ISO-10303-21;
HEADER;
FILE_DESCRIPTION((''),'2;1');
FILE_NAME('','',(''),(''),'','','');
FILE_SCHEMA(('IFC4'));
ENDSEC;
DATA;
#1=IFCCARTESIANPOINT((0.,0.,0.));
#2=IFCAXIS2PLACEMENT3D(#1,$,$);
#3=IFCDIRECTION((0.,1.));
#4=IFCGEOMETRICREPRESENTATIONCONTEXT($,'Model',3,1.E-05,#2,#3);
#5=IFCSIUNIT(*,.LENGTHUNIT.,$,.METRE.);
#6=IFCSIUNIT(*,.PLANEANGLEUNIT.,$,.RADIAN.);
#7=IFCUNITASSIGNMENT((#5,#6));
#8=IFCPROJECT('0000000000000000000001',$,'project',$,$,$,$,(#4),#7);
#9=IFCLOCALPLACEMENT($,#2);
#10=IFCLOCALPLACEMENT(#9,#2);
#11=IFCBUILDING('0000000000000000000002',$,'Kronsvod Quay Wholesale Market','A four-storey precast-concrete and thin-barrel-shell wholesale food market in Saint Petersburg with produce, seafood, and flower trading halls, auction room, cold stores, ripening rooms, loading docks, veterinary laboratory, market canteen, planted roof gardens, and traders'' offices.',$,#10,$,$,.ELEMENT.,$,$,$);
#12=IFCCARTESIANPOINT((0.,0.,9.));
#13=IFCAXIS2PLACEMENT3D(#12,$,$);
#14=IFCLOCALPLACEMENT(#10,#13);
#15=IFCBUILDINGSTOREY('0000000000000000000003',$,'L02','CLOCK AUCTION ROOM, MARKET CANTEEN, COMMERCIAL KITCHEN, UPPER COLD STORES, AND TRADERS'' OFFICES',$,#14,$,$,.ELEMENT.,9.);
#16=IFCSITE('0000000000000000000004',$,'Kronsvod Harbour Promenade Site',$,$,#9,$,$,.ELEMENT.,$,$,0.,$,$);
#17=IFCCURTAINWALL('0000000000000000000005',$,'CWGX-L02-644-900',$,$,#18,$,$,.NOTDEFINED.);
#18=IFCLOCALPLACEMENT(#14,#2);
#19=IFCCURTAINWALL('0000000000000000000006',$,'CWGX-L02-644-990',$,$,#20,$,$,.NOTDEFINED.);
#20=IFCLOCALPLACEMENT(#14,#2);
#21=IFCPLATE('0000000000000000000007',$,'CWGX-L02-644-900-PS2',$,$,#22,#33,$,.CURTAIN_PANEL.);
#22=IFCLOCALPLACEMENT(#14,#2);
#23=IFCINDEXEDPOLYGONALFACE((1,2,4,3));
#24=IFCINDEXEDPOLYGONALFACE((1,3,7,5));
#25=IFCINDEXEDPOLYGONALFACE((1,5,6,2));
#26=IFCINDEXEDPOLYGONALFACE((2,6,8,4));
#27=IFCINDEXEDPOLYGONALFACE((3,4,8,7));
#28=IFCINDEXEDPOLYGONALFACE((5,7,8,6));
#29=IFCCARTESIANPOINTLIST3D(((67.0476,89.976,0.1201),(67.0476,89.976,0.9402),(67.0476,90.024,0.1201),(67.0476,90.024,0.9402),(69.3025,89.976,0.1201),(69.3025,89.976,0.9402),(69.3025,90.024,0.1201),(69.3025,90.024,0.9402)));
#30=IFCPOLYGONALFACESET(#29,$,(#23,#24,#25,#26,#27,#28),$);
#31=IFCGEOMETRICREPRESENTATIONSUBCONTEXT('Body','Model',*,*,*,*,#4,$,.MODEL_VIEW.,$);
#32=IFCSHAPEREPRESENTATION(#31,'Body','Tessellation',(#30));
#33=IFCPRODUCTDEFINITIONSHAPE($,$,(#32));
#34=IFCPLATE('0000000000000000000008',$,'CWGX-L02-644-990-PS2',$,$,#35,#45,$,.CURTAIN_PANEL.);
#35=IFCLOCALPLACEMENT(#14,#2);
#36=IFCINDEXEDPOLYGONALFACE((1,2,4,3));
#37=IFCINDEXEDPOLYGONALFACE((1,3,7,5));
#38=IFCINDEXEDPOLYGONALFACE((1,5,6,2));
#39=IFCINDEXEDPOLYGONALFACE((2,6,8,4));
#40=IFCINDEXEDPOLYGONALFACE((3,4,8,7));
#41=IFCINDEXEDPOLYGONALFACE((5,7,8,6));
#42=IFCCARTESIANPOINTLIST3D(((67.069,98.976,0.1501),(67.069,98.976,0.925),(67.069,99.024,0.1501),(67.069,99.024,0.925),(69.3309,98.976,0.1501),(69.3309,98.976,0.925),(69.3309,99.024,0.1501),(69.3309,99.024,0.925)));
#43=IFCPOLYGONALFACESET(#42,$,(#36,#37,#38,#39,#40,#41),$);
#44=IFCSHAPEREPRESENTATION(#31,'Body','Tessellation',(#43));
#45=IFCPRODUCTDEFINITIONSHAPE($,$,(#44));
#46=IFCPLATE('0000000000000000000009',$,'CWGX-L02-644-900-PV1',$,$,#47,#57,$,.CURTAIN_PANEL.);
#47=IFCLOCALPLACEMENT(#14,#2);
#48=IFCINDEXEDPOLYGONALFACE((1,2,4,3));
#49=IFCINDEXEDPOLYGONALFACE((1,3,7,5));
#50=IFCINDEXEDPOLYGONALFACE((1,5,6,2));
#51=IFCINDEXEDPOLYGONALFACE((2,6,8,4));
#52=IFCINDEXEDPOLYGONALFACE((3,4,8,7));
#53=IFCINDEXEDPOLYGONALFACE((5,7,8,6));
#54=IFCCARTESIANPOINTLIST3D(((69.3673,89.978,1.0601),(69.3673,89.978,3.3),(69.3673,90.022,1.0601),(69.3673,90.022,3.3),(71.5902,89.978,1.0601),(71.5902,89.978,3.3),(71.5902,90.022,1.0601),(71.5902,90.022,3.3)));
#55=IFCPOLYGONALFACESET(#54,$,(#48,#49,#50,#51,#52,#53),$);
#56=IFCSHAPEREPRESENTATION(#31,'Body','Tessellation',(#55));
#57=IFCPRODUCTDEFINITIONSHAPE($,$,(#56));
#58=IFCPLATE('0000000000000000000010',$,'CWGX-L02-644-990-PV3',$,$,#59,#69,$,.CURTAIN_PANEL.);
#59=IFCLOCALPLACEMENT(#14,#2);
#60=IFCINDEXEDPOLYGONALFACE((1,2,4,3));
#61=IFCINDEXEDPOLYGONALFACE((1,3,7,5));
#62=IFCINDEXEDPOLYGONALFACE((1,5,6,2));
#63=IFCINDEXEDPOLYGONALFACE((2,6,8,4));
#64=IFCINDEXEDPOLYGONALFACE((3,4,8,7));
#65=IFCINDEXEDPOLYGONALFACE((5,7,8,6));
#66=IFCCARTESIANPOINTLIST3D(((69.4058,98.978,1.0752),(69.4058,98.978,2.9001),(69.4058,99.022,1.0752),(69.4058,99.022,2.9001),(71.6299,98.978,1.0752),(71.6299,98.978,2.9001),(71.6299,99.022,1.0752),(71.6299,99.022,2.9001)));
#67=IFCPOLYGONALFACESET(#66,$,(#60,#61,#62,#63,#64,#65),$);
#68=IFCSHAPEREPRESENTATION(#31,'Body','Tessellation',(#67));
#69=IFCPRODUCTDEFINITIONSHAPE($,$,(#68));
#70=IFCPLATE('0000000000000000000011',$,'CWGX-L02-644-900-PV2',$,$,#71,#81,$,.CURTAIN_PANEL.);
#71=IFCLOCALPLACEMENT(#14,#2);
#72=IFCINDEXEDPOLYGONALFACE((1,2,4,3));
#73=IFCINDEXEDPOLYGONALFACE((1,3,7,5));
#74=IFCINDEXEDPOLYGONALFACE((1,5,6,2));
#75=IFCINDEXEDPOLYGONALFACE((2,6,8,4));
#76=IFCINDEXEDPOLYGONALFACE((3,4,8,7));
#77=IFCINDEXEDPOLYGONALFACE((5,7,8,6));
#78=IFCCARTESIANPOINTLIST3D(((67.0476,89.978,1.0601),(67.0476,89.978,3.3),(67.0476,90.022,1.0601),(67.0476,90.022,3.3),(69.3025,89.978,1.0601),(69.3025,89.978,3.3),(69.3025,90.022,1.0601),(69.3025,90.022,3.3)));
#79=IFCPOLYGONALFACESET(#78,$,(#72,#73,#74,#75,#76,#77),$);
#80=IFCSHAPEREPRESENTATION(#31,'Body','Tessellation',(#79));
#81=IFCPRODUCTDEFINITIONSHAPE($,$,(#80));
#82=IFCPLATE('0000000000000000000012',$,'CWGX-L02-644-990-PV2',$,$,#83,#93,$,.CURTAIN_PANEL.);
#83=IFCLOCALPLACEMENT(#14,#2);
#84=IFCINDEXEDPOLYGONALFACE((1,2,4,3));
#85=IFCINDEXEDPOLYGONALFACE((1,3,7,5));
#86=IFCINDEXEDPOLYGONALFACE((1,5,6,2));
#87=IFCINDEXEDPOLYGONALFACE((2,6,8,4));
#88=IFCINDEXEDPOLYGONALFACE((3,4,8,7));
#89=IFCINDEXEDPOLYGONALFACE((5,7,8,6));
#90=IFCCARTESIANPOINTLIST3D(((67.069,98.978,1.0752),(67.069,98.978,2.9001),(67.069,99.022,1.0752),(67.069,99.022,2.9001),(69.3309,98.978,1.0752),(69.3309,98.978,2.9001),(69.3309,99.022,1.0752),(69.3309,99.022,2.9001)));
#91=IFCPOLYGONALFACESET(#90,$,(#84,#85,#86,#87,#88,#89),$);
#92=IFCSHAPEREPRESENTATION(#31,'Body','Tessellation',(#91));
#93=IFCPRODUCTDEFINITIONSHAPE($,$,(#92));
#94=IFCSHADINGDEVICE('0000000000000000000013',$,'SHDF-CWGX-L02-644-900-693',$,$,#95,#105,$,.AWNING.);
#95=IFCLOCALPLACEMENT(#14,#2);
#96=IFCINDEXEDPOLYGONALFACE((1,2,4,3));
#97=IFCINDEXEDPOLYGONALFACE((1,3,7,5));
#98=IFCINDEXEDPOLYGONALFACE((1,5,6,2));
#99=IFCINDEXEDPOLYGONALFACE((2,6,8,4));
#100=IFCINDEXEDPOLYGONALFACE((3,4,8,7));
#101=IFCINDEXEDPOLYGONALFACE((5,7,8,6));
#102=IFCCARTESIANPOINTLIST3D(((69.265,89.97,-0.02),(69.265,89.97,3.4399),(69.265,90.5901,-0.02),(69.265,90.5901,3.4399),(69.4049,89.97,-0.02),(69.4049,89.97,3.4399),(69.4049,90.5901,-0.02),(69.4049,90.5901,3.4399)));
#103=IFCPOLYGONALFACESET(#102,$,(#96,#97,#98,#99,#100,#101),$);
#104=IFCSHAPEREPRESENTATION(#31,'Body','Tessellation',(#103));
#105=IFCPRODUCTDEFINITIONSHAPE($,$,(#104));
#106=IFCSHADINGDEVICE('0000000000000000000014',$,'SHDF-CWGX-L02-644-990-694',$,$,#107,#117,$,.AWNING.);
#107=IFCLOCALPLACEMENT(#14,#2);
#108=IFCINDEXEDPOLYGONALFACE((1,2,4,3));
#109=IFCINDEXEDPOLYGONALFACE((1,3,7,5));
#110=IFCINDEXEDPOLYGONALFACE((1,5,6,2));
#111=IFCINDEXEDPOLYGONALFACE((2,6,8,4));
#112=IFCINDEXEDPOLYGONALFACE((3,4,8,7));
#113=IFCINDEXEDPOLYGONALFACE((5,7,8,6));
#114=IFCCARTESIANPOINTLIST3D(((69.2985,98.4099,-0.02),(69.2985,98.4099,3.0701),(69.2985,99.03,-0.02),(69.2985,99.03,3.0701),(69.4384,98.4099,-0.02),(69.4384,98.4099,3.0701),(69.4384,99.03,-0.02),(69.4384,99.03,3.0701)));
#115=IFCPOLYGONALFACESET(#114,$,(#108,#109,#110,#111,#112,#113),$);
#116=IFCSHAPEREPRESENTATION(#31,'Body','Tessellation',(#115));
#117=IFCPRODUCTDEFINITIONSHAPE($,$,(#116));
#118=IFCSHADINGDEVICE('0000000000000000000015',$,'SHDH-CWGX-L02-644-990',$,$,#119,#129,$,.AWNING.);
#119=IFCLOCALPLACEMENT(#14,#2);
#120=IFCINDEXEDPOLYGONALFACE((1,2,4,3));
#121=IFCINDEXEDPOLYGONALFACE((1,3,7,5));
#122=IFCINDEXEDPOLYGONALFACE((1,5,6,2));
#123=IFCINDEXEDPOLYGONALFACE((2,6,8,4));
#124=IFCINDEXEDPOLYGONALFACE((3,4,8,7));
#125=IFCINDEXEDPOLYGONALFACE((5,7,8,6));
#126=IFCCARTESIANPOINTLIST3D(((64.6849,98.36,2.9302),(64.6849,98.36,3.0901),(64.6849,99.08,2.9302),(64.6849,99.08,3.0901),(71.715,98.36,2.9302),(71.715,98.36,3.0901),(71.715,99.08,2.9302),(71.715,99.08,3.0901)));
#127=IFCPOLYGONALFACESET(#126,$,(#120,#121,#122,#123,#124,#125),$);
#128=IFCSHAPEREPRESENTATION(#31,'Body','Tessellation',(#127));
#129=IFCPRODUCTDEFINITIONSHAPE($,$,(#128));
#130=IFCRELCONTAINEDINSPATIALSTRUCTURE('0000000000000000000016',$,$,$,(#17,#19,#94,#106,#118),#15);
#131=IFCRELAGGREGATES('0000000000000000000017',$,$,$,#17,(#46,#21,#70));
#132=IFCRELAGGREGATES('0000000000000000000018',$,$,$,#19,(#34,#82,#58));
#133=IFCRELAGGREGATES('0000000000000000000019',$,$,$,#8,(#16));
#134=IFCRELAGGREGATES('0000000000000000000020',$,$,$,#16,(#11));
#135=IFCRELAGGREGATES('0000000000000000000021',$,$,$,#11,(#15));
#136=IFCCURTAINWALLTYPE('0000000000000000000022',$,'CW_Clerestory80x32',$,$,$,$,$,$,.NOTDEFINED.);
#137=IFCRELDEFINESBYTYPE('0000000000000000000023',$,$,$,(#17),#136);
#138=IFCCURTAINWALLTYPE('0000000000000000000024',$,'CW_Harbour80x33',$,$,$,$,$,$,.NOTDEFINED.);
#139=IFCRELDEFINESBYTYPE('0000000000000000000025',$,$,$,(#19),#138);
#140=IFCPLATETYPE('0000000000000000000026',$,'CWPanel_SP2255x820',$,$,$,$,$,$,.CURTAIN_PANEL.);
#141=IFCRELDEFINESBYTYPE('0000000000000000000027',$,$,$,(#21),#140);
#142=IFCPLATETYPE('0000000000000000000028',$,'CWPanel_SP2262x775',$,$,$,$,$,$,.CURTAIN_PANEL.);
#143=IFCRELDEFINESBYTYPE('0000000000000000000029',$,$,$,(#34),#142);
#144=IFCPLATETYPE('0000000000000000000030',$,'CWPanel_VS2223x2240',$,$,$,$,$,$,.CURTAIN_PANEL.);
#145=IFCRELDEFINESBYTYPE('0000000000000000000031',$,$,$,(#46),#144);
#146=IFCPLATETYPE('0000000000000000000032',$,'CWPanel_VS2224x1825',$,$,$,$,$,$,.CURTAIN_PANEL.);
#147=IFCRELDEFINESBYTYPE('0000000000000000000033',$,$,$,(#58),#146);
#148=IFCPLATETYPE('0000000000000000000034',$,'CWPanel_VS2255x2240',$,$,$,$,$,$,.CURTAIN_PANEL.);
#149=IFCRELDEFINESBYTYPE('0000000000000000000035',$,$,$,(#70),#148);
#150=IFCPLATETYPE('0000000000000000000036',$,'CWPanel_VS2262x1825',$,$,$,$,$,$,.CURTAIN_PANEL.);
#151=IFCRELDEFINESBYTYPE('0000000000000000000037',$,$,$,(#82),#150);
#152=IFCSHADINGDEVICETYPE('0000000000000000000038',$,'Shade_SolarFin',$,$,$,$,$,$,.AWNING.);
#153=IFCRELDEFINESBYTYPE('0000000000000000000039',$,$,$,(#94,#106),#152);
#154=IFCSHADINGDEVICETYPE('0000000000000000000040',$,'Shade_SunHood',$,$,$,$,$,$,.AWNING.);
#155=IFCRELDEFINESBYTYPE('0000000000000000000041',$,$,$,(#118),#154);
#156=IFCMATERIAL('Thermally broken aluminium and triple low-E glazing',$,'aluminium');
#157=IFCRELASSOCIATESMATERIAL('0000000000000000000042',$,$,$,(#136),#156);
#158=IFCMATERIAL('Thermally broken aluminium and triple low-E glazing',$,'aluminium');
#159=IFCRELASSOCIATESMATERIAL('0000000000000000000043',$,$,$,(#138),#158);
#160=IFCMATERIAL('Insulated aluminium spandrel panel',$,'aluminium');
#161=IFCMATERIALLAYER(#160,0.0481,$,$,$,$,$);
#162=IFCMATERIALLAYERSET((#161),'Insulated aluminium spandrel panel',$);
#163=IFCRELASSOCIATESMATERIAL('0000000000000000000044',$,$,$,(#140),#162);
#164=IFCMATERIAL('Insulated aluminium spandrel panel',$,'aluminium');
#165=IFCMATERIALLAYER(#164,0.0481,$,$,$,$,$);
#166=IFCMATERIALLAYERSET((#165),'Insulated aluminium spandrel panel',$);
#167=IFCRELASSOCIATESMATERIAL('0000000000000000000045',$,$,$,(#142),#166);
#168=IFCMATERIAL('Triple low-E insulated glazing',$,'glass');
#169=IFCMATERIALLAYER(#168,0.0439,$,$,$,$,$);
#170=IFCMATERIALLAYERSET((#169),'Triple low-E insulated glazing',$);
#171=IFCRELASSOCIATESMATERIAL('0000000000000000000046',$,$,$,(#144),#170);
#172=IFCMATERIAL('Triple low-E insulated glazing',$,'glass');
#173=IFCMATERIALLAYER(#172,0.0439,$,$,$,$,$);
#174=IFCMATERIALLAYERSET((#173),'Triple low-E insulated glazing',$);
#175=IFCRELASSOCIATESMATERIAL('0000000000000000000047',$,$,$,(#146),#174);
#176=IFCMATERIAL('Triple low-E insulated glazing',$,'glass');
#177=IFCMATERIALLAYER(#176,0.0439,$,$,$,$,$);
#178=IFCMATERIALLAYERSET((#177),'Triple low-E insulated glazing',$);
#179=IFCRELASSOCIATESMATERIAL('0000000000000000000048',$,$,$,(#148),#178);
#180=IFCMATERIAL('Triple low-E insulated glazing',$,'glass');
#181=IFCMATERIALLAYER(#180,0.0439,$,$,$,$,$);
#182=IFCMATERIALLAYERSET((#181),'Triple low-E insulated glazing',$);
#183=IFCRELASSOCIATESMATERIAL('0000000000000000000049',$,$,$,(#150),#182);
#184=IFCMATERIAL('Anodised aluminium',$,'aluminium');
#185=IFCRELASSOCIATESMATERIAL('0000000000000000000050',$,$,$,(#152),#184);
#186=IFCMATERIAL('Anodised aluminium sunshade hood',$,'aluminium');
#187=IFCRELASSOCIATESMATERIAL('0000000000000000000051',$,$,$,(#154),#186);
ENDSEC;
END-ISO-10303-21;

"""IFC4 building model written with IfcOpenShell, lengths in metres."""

from ifc_helpers import new_model, si_unit, direction, frame, origin, origin_2d, place, context, subcontext, project, spatial, rectangle, extrude, material, layer, layer_set, type_object, element, aggregate, save


model = new_model("IFC4")

# Units and contexts
model_context = context("Model", 3, precision=1e-05, world=origin(), true_north=direction((0.0, 1.0)))
body_context = subcontext(model_context, "Body", "Model", "MODEL_VIEW")
ifc_project = project(units=[si_unit("LENGTHUNIT", "METRE"), si_unit("PLANEANGLEUNIT", "RADIAN")], contexts=[model_context])

# Site, building, storey
site_placement = place(None, origin())
site = spatial("IfcSite", under=ifc_project, at=site_placement, Name="Kronsvod Harbour Promenade Site", CompositionType="ELEMENT", RefElevation=0.0)
building_placement = place(site_placement, origin())
building = spatial("IfcBuilding", under=site, at=building_placement, Name="Kronsvod Quay Wholesale Market", Description="A four-storey precast-concrete and thin-barrel-shell wholesale food market in Saint Petersburg with produce, seafood, and flower trading halls, auction room, cold stores, ripening rooms, loading docks, veterinary laboratory, market canteen, planted roof gardens, and traders' offices.", CompositionType="ELEMENT")
storey_placement = place(building_placement, frame((0.0, 0.0, 9.0)))
storey = spatial("IfcBuildingStorey", under=building, at=storey_placement, Name="L02", Description="CLOCK AUCTION ROOM, MARKET CANTEEN, COMMERCIAL KITCHEN, UPPER COLD STORES, AND TRADERS' OFFICES", CompositionType="ELEMENT", Elevation=9.0)

# Curtain walls
ifc_material_1 = material(Name="Thermally broken aluminium and triple low-E glazing", Category="aluminium")
curtain_wall_type_1 = type_object("IfcCurtainWallType", Name="CW_Clerestory80x32", PredefinedType="NOTDEFINED", material=ifc_material_1)
curtain_wall_1_placement = place(storey_placement, origin())
curtain_wall_1 = element("IfcCurtainWall", 1, at=curtain_wall_1_placement, inside=storey, type_object=curtain_wall_type_1, Name="CWGX-L02-644-900", PredefinedType="NOTDEFINED")
ifc_material_2 = material(Name="Thermally broken aluminium and triple low-E glazing", Category="aluminium")
curtain_wall_type_2 = type_object("IfcCurtainWallType", Name="CW_Harbour80x33", PredefinedType="NOTDEFINED", material=ifc_material_2)
curtain_wall_2_placement = place(storey_placement, origin())
curtain_wall_2 = element("IfcCurtainWall", 2, at=curtain_wall_2_placement, inside=storey, type_object=curtain_wall_type_2, Name="CWGX-L02-644-990", PredefinedType="NOTDEFINED")

# Plates
ifc_material_3 = material(Name="Insulated aluminium spandrel panel", Category="aluminium")
ifc_layer_1 = layer(ifc_material_3, 0.0481)
ifc_layer_set_1 = layer_set([ifc_layer_1], Name="Insulated aluminium spandrel panel")
plate_type_1 = type_object("IfcPlateType", Name="CWPanel_SP2255x820", PredefinedType="CURTAIN_PANEL", material=ifc_layer_set_1)
plate_1_placement = place(storey_placement, frame((68.175, 90.0, 0.1201), z_axis=(0.0, 0.0, 1.0), x_axis=(-1.0, 0.0, 0.0)))
plate_1 = element("IfcPlate", 3, at=plate_1_placement, type_object=plate_type_1, Name="CWGX-L02-644-900-PS2", PredefinedType="CURTAIN_PANEL", context=body_context, shape_type="SweptSolid", body=[
    extrude(rectangle(XDim=2.2549, YDim=0.0481, at=origin_2d()), origin(), (0.0, 0.0, 1.0), 0.8201),
])
ifc_material_4 = material(Name="Insulated aluminium spandrel panel", Category="aluminium")
ifc_layer_2 = layer(ifc_material_4, 0.0481)
ifc_layer_set_2 = layer_set([ifc_layer_2], Name="Insulated aluminium spandrel panel")
plate_type_2 = type_object("IfcPlateType", Name="CWPanel_SP2262x775", PredefinedType="CURTAIN_PANEL", material=ifc_layer_set_2)
plate_2_placement = place(storey_placement, frame((68.2, 99.0, 0.1501), z_axis=(0.0, 0.0, 1.0), x_axis=(1.0, 0.0, 0.0)))
plate_2 = element("IfcPlate", 4, at=plate_2_placement, type_object=plate_type_2, Name="CWGX-L02-644-990-PS2", PredefinedType="CURTAIN_PANEL", context=body_context, shape_type="SweptSolid", body=[
    extrude(rectangle(XDim=2.262, YDim=0.0481, at=origin_2d()), origin(), (0.0, 0.0, 1.0), 0.7749),
])
ifc_material_5 = material(Name="Triple low-E insulated glazing", Category="glass")
ifc_layer_3 = layer(ifc_material_5, 0.0439)
ifc_layer_set_3 = layer_set([ifc_layer_3], Name="Triple low-E insulated glazing")
plate_type_3 = type_object("IfcPlateType", Name="CWPanel_VS2223x2240", PredefinedType="CURTAIN_PANEL", material=ifc_layer_set_3)
plate_3_placement = place(storey_placement, frame((70.4788, 90.0, 1.0601), z_axis=(0.0, 0.0, 1.0), x_axis=(-1.0, 0.0, 0.0)))
plate_3 = element("IfcPlate", 5, at=plate_3_placement, type_object=plate_type_3, Name="CWGX-L02-644-900-PV1", PredefinedType="CURTAIN_PANEL", context=body_context, shape_type="SweptSolid", body=[
    extrude(rectangle(XDim=2.2229, YDim=0.0439, at=origin_2d()), origin(), (0.0, 0.0, 1.0), 2.24),
])
ifc_material_6 = material(Name="Triple low-E insulated glazing", Category="glass")
ifc_layer_4 = layer(ifc_material_6, 0.0439)
ifc_layer_set_4 = layer_set([ifc_layer_4], Name="Triple low-E insulated glazing")
plate_type_4 = type_object("IfcPlateType", Name="CWPanel_VS2224x1825", PredefinedType="CURTAIN_PANEL", material=ifc_layer_set_4)
plate_4_placement = place(storey_placement, frame((70.5178, 99.0, 1.0752), z_axis=(0.0, 0.0, 1.0), x_axis=(1.0, 0.0, 0.0)))
plate_4 = element("IfcPlate", 6, at=plate_4_placement, type_object=plate_type_4, Name="CWGX-L02-644-990-PV3", PredefinedType="CURTAIN_PANEL", context=body_context, shape_type="SweptSolid", body=[
    extrude(rectangle(XDim=2.2241, YDim=0.0439, at=origin_2d()), origin(), (0.0, 0.0, 1.0), 1.825),
])
ifc_material_7 = material(Name="Triple low-E insulated glazing", Category="glass")
ifc_layer_5 = layer(ifc_material_7, 0.0439)
ifc_layer_set_5 = layer_set([ifc_layer_5], Name="Triple low-E insulated glazing")
plate_type_5 = type_object("IfcPlateType", Name="CWPanel_VS2255x2240", PredefinedType="CURTAIN_PANEL", material=ifc_layer_set_5)
plate_5_placement = place(storey_placement, frame((68.175, 90.0, 1.0601), z_axis=(0.0, 0.0, 1.0), x_axis=(-1.0, 0.0, 0.0)))
plate_5 = element("IfcPlate", 7, at=plate_5_placement, type_object=plate_type_5, Name="CWGX-L02-644-900-PV2", PredefinedType="CURTAIN_PANEL", context=body_context, shape_type="SweptSolid", body=[
    extrude(rectangle(XDim=2.2549, YDim=0.0439, at=origin_2d()), origin(), (0.0, 0.0, 1.0), 2.24),
])
aggregate(curtain_wall_1, [plate_3, plate_1, plate_5])
ifc_material_8 = material(Name="Triple low-E insulated glazing", Category="glass")
ifc_layer_6 = layer(ifc_material_8, 0.0439)
ifc_layer_set_6 = layer_set([ifc_layer_6], Name="Triple low-E insulated glazing")
plate_type_6 = type_object("IfcPlateType", Name="CWPanel_VS2262x1825", PredefinedType="CURTAIN_PANEL", material=ifc_layer_set_6)
plate_6_placement = place(storey_placement, frame((68.2, 99.0, 1.0752), z_axis=(0.0, 0.0, 1.0), x_axis=(1.0, 0.0, 0.0)))
plate_6 = element("IfcPlate", 8, at=plate_6_placement, type_object=plate_type_6, Name="CWGX-L02-644-990-PV2", PredefinedType="CURTAIN_PANEL", context=body_context, shape_type="SweptSolid", body=[
    extrude(rectangle(XDim=2.262, YDim=0.0439, at=origin_2d()), origin(), (0.0, 0.0, 1.0), 1.825),
])
aggregate(curtain_wall_2, [plate_2, plate_6, plate_4])

# Shading devices
ifc_material_9 = material(Name="Anodised aluminium", Category="aluminium")
shading_device_type_1 = type_object("IfcShadingDeviceType", Name="Shade_SolarFin", PredefinedType="AWNING", material=ifc_material_9)
shading_device_1_placement = place(storey_placement, frame((69.335, 90.28, -0.02), z_axis=(0.0, 0.0, 1.0), x_axis=(1.0, 0.0, 0.0)))
element("IfcShadingDevice", 9, at=shading_device_1_placement, inside=storey, type_object=shading_device_type_1, Name="SHDF-CWGX-L02-644-900-693", PredefinedType="AWNING", context=body_context, shape_type="SweptSolid", body=[
    extrude(rectangle(XDim=0.1399, YDim=0.6201, at=origin_2d()), origin(), (0.0, 0.0, 1.0), 3.46),
])
shading_device_2_placement = place(storey_placement, frame((69.3684, 98.72, -0.02), z_axis=(0.0, 0.0, 1.0), x_axis=(1.0, 0.0, 0.0)))
element("IfcShadingDevice", 10, at=shading_device_2_placement, inside=storey, type_object=shading_device_type_1, Name="SHDF-CWGX-L02-644-990-694", PredefinedType="AWNING", context=body_context, shape_type="SweptSolid", body=[
    extrude(rectangle(XDim=0.1399, YDim=0.6201, at=origin_2d()), origin(), (0.0, 0.0, 1.0), 3.0901),
])
ifc_material_10 = material(Name="Anodised aluminium sunshade hood", Category="aluminium")
shading_device_type_2 = type_object("IfcShadingDeviceType", Name="Shade_SunHood", PredefinedType="AWNING", material=ifc_material_10)
shading_device_3_placement = place(storey_placement, frame((68.2, 98.72, 2.9302), z_axis=(0.0, 0.0, 1.0), x_axis=(1.0, 0.0, 0.0)))
element("IfcShadingDevice", 11, at=shading_device_3_placement, inside=storey, type_object=shading_device_type_2, Name="SHDH-CWGX-L02-644-990", PredefinedType="AWNING", context=body_context, shape_type="SweptSolid", body=[
    extrude(rectangle(XDim=7.03, YDim=0.72, at=origin_2d()), origin(), (0.0, 0.0, 1.0), 0.1599),
])

save(model, "model.ifc")
